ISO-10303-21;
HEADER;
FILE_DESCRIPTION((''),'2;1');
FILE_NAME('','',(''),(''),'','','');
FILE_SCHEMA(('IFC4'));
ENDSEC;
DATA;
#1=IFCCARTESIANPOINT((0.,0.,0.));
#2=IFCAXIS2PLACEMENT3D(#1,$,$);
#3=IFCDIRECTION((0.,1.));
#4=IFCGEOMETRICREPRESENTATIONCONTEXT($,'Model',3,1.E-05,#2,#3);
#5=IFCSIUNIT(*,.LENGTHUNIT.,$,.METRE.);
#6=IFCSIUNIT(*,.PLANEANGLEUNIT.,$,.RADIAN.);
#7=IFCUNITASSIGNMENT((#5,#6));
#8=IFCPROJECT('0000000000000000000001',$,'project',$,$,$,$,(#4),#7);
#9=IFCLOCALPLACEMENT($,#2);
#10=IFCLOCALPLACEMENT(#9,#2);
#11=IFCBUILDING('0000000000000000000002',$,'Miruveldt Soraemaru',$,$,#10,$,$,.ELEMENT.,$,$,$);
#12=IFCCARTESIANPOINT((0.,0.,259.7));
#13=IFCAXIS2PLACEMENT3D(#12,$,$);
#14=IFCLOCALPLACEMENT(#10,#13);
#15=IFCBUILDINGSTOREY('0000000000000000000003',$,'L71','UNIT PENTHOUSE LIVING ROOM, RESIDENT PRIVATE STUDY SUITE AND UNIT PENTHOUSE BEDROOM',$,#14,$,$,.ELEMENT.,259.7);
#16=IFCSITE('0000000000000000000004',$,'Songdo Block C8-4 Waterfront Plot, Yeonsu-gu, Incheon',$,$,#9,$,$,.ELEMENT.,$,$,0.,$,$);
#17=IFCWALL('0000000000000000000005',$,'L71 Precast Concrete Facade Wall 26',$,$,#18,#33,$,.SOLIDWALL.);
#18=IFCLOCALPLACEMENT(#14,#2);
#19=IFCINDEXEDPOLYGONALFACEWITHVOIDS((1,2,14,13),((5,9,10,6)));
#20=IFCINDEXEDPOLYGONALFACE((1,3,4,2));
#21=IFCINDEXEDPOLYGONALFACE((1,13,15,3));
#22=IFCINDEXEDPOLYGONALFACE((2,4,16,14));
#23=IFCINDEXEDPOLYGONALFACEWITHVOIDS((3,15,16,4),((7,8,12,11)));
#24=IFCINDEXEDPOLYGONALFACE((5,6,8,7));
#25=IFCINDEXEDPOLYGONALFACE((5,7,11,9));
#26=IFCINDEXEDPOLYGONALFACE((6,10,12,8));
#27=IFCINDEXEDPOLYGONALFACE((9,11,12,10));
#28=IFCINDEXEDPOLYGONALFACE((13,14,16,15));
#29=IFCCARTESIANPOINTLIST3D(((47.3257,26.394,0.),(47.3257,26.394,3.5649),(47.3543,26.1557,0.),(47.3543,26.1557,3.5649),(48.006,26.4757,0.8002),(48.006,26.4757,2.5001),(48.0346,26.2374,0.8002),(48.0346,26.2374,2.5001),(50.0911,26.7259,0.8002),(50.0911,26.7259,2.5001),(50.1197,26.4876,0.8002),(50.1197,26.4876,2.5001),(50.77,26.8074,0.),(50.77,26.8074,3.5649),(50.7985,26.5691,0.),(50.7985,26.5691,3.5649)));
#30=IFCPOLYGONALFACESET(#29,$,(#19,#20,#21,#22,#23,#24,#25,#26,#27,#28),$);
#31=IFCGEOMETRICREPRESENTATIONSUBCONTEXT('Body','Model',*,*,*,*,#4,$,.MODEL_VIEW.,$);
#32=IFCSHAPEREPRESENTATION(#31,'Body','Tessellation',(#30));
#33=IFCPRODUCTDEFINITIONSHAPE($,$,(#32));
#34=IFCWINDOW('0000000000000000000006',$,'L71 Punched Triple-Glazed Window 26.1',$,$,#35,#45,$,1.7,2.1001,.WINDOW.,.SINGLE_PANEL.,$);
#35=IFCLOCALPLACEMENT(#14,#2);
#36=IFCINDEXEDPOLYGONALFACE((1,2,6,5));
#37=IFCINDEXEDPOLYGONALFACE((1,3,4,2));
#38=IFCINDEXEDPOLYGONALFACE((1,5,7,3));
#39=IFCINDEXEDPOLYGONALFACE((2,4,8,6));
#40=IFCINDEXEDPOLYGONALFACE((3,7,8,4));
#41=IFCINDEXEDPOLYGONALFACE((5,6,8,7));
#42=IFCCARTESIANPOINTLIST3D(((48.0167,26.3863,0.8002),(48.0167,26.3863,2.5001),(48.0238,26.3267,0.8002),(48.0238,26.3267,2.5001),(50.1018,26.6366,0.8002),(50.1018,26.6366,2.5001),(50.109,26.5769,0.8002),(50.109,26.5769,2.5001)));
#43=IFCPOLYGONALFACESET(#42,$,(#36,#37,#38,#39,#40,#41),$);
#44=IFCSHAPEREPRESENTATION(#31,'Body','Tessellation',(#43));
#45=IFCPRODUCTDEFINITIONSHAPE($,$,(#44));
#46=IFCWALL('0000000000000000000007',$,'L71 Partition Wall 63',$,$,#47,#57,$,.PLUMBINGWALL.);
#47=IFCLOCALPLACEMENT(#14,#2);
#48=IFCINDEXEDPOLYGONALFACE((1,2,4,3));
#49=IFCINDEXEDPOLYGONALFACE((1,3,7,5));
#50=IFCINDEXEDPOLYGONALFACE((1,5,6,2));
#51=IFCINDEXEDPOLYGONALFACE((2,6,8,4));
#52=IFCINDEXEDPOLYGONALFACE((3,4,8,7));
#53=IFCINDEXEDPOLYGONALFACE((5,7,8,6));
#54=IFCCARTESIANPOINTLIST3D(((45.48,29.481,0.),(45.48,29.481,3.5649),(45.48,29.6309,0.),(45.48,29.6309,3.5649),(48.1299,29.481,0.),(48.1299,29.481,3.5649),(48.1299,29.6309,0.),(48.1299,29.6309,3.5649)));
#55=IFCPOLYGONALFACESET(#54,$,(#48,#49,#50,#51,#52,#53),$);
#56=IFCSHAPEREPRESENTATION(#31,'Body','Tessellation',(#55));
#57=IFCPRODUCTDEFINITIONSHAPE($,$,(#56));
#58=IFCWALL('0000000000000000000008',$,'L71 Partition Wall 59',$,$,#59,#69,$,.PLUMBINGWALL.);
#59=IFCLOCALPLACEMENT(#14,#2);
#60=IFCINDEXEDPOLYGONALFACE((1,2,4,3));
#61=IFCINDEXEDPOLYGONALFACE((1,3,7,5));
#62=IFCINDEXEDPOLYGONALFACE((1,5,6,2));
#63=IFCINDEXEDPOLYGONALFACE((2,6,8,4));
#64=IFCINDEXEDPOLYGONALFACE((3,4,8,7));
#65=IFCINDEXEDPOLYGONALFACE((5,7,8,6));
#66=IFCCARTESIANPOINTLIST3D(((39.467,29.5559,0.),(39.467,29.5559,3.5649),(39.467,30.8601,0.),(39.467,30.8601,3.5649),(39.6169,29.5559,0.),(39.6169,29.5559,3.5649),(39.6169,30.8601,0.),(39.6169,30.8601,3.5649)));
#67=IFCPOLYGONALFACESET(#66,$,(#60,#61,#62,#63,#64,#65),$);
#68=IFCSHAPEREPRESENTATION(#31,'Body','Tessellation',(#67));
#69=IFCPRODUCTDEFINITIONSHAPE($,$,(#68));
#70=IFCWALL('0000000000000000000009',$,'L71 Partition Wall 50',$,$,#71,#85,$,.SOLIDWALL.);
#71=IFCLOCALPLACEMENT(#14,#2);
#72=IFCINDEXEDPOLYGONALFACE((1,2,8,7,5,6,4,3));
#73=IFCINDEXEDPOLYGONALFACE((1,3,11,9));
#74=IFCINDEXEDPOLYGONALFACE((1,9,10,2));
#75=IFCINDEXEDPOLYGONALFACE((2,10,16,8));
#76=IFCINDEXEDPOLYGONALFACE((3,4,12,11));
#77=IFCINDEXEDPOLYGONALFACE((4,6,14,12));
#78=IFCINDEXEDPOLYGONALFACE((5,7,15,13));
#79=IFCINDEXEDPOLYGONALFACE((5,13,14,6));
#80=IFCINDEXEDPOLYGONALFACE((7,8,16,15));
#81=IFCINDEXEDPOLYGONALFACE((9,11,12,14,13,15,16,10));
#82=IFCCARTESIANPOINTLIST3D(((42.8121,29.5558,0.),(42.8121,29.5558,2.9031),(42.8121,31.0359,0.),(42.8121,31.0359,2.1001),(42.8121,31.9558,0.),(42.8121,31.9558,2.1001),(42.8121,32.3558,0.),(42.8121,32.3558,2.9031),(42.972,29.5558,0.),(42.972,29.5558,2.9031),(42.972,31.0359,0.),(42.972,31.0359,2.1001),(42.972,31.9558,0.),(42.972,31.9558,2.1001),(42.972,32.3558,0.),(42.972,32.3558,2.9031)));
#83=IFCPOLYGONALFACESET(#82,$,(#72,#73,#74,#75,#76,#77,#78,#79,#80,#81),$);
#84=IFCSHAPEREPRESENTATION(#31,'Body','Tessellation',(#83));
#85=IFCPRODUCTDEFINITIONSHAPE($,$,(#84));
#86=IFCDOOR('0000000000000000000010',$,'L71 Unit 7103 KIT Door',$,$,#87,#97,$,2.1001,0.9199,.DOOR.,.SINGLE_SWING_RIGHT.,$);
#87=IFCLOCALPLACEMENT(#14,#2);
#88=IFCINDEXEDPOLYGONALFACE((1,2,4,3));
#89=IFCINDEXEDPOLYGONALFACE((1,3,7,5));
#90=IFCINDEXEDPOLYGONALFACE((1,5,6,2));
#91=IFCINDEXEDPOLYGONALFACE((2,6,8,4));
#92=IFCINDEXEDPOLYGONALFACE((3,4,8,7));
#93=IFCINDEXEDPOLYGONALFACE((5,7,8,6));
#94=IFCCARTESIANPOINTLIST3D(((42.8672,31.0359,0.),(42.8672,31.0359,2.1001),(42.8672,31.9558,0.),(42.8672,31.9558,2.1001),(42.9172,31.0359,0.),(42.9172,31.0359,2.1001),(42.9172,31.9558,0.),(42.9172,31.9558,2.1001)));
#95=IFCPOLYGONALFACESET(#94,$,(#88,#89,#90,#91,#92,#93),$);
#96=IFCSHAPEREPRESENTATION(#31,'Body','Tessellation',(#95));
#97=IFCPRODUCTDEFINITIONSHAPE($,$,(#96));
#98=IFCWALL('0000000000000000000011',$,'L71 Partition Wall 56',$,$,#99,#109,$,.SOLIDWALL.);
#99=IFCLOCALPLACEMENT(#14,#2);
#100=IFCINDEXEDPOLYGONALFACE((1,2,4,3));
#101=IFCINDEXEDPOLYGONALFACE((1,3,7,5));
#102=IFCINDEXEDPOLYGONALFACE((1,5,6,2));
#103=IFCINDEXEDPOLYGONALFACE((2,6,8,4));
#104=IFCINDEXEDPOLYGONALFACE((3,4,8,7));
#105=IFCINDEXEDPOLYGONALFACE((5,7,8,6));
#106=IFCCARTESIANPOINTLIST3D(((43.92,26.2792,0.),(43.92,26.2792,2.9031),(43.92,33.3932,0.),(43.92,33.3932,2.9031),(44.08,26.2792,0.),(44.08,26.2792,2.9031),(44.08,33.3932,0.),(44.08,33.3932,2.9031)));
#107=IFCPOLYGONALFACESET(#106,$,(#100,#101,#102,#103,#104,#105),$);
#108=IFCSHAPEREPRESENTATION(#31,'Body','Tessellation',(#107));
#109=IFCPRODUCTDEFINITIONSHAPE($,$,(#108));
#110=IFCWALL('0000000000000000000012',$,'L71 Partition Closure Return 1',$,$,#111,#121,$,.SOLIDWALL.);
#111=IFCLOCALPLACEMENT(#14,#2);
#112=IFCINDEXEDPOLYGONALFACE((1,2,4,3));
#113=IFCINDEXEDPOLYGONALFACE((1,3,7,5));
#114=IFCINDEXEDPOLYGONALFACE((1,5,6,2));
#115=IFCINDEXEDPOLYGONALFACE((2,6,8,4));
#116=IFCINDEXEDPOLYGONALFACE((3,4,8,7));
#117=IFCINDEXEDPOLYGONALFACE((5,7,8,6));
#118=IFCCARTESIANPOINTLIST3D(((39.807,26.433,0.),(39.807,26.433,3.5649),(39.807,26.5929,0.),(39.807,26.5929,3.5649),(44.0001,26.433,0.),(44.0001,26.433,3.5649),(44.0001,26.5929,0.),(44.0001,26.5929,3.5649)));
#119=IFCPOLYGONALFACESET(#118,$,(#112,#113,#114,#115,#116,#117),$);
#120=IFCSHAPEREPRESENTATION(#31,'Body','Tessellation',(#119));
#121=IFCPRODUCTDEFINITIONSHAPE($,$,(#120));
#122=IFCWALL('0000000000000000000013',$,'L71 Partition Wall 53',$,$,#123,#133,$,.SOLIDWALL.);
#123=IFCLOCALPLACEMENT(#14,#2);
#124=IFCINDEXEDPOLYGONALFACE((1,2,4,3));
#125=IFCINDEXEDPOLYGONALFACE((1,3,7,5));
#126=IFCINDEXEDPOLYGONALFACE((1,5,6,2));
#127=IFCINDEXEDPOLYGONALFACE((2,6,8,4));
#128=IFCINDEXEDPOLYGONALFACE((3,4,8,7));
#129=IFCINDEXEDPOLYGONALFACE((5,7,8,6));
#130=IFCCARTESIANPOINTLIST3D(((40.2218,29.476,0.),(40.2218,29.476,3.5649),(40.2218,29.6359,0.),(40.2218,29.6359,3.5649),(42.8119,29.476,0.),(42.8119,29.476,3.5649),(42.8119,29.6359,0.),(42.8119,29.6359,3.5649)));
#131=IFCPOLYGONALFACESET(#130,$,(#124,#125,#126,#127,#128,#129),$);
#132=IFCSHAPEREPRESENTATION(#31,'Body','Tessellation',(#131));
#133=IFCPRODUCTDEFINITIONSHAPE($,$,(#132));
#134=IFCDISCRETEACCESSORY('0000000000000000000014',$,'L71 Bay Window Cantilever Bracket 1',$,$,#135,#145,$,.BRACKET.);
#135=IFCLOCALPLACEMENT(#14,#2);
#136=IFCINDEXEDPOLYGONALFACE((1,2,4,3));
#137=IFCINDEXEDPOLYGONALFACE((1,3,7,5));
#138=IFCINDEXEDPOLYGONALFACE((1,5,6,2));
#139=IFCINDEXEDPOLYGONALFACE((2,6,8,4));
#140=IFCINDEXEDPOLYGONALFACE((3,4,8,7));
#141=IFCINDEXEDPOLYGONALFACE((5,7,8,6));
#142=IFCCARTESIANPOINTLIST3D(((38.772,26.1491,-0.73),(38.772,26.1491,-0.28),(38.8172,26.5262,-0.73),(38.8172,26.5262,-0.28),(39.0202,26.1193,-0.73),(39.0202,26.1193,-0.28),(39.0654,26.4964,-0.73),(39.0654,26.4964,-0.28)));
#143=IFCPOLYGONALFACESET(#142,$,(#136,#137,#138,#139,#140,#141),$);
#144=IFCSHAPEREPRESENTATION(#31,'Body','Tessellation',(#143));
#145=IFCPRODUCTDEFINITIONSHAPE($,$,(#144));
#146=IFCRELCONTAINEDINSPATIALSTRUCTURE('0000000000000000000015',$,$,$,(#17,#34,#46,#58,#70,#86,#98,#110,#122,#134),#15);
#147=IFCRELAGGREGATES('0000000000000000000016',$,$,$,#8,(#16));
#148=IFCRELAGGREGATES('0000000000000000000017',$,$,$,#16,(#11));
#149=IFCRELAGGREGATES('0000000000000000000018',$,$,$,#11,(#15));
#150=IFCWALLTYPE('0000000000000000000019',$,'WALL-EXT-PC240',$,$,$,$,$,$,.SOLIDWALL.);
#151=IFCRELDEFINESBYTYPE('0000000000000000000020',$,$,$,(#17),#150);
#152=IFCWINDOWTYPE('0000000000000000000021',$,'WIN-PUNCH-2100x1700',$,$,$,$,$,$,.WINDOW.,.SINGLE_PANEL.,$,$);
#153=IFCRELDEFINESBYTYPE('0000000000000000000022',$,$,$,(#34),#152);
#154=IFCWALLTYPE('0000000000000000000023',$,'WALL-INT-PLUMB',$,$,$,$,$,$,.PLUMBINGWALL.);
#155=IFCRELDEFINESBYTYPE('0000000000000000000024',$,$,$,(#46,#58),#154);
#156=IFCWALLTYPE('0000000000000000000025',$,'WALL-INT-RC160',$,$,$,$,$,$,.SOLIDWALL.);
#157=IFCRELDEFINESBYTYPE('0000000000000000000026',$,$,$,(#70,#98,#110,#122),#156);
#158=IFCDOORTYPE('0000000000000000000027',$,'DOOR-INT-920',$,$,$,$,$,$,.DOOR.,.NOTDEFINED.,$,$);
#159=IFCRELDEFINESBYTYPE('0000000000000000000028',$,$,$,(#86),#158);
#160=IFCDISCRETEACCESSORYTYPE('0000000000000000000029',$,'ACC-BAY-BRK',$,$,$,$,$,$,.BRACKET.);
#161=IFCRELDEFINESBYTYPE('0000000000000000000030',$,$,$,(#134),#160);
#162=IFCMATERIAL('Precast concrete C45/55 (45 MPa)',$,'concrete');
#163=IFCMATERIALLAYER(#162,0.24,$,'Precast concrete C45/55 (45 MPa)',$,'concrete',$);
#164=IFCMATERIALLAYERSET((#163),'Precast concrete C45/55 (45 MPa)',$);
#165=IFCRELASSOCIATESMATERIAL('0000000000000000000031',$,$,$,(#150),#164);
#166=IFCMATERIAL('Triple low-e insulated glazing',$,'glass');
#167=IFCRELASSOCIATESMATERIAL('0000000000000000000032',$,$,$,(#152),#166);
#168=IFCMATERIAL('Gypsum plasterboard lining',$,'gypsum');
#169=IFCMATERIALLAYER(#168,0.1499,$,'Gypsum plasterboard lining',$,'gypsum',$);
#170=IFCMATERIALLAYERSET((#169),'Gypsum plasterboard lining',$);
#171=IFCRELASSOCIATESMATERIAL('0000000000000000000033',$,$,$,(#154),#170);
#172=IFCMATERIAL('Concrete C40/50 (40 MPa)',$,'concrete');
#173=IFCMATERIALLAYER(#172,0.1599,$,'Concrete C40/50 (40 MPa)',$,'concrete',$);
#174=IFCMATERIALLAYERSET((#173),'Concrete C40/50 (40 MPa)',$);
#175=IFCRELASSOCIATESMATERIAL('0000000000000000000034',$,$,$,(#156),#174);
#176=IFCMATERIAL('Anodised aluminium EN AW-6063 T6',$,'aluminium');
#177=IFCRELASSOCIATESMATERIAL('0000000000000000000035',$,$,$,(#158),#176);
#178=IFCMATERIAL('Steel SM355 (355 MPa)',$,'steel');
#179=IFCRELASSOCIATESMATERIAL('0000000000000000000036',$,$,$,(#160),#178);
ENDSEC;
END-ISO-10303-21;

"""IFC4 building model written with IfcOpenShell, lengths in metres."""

from ifc_helpers import new_model, si_unit, direction, frame, frame_2d, origin, origin_2d, place, context, subcontext, project, spatial, rectangle, extrude, material, layer, layer_set, type_object, element, fill, save


model = new_model("IFC4")

# Units and contexts
model_context = context("Model", 3, precision=1e-05, world=origin(), true_north=direction((0.0, 1.0)))
body_context = subcontext(model_context, "Body", "Model", "MODEL_VIEW")
ifc_project = project(units=[si_unit("LENGTHUNIT", "METRE"), si_unit("PLANEANGLEUNIT", "RADIAN")], contexts=[model_context])

# Site, building, storey
site_placement = place(None, origin())
site = spatial("IfcSite", under=ifc_project, at=site_placement, Name="Songdo Block C8-4 Waterfront Plot, Yeonsu-gu, Incheon", CompositionType="ELEMENT", RefElevation=0.0)
building_placement = place(site_placement, origin())
building = spatial("IfcBuilding", under=site, at=building_placement, Name="Miruveldt Soraemaru", CompositionType="ELEMENT")
storey_placement = place(building_placement, frame((0.0, 0.0, 259.7)))
storey = spatial("IfcBuildingStorey", under=building, at=storey_placement, Name="L71", Description="UNIT PENTHOUSE LIVING ROOM, RESIDENT PRIVATE STUDY SUITE AND UNIT PENTHOUSE BEDROOM", CompositionType="ELEMENT", Elevation=259.7)

# Shared definitions
ifc_material_1 = material(Name="Steel SM355 (355 MPa)", Category="steel")

# Shared definitions
ifc_material_2 = material(Name="Precast concrete C45/55 (45 MPa)", Category="concrete")
ifc_layer_1 = layer(ifc_material_2, 0.24, Name="Precast concrete C45/55 (45 MPa)", Category="concrete")
ifc_layer_set_1 = layer_set([ifc_layer_1], Name="Precast concrete C45/55 (45 MPa)")
wall_type_1 = type_object("IfcWallType", Name="WALL-EXT-PC240", PredefinedType="SOLIDWALL", material=ifc_layer_set_1)

# Wall, opening, window
ifc_material_3 = material(Name="Triple low-e insulated glazing", Category="glass")
window_type = type_object("IfcWindowType", Name="WIN-PUNCH-2100x1700", PartitioningType="SINGLE_PANEL", PredefinedType="WINDOW", material=ifc_material_3)
wall_1_placement = place(storey_placement, frame((47.3401, 26.2749, 0.0), z_axis=(0.0, 0.0, 1.0), x_axis=(0.992877, 0.119148, 0.0)))
wall_1 = element("IfcWall", 1, at=wall_1_placement, inside=storey, type_object=wall_type_1, Name="L71 Precast Concrete Facade Wall 26", PredefinedType="SOLIDWALL", context=body_context, shape_type="SweptSolid", body=[
    extrude(rectangle(XDim=3.469, YDim=0.24, at=frame_2d((1.7344, 0.0))), origin(), (0.0, 0.0, 1.0), 3.5649),
])
opening_1_placement = place(wall_1_placement, frame((0.6851, 0.0, 0.8)))
opening_1 = element("IfcOpeningElement", 2, at=opening_1_placement, cuts=wall_1, PredefinedType="OPENING", context=body_context, shape_type="SweptSolid", body=[
    extrude(rectangle(XDim=2.1001, YDim=1.7, at=frame_2d((1.05, 0.8501))), frame((0.0, 0.1299, 0.0), z_axis=(0.0, -1.0, 0.0), x_axis=(1.0, 0.0, 0.0)), (0.0, 0.0, 1.0), 0.26),
])
window_1_placement = place(opening_1_placement, origin())
window_1 = element("IfcWindow", 3, at=window_1_placement, inside=storey, type_object=window_type, Name="L71 Punched Triple-Glazed Window 26.1", OverallHeight=1.7, OverallWidth=2.1001, PartitioningType="SINGLE_PANEL", PredefinedType="WINDOW", context=body_context, shape_type="SweptSolid", body=[
    extrude(rectangle(XDim=2.1001, YDim=1.7, at=frame_2d((1.05, 0.8501))), frame((0.0, 0.03, 0.0), z_axis=(0.0, -1.0, 0.0), x_axis=(1.0, 0.0, 0.0)), (0.0, 0.0, 1.0), 0.0601),
])
fill(opening_1, window_1)

# Walls
ifc_material_4 = material(Name="Gypsum plasterboard lining", Category="gypsum")
ifc_layer_2 = layer(ifc_material_4, 0.1499, Name="Gypsum plasterboard lining", Category="gypsum")
ifc_layer_set_2 = layer_set([ifc_layer_2], Name="Gypsum plasterboard lining")
wall_type_2 = type_object("IfcWallType", Name="WALL-INT-PLUMB", PredefinedType="PLUMBINGWALL", material=ifc_layer_set_2)
wall_2_placement = place(storey_placement, frame((45.48, 29.5559, 0.0), z_axis=(0.0, 0.0, 1.0), x_axis=(1.0, 0.0, 0.0)))
element("IfcWall", 4, at=wall_2_placement, inside=storey, type_object=wall_type_2, Name="L71 Partition Wall 63", PredefinedType="PLUMBINGWALL", context=body_context, shape_type="SweptSolid", body=[
    extrude(rectangle(XDim=2.6499, YDim=0.1499, at=frame_2d((1.325, 0.0))), origin(), (0.0, 0.0, 1.0), 3.5649),
])
wall_3_placement = place(storey_placement, frame((39.542, 29.5559, 0.0), z_axis=(0.0, 0.0, 1.0), x_axis=(0.0, 1.0, 0.0)))
element("IfcWall", 5, at=wall_3_placement, inside=storey, type_object=wall_type_2, Name="L71 Partition Wall 59", PredefinedType="PLUMBINGWALL", context=body_context, shape_type="SweptSolid", body=[
    extrude(rectangle(XDim=1.3042, YDim=0.1499, at=frame_2d((0.6521, 0.0))), origin(), (0.0, 0.0, 1.0), 3.5649),
])

# Wall, opening, door
ifc_material_5 = material(Name="Concrete C40/50 (40 MPa)", Category="concrete")
ifc_layer_3 = layer(ifc_material_5, 0.1599, Name="Concrete C40/50 (40 MPa)", Category="concrete")
ifc_layer_set_3 = layer_set([ifc_layer_3], Name="Concrete C40/50 (40 MPa)")
wall_type_3 = type_object("IfcWallType", Name="WALL-INT-RC160", PredefinedType="SOLIDWALL", material=ifc_layer_set_3)
wall_4_placement = place(storey_placement, frame((42.8921, 29.5559, 0.0), z_axis=(0.0, 0.0, 1.0), x_axis=(0.0, 1.0, 0.0)))
wall_4 = element("IfcWall", 6, at=wall_4_placement, inside=storey, type_object=wall_type_3, Name="L71 Partition Wall 50", PredefinedType="SOLIDWALL", context=body_context, shape_type="SweptSolid", body=[
    extrude(rectangle(XDim=2.8, YDim=0.1599, at=frame_2d((1.3999, 0.0))), origin(), (0.0, 0.0, 1.0), 2.9031),
])
opening_2_placement = place(wall_4_placement, frame((1.48, 0.0, 0.0)))
opening_2 = element("IfcOpeningElement", 7, at=opening_2_placement, cuts=wall_4, PredefinedType="OPENING", context=body_context, shape_type="SweptSolid", body=[
    extrude(rectangle(XDim=0.9199, YDim=2.1001, at=frame_2d((0.46, 1.05))), frame((0.0, 0.0898, 0.0), z_axis=(0.0, -1.0, 0.0), x_axis=(1.0, 0.0, 0.0)), (0.0, 0.0, 1.0), 0.1799),
])
ifc_material_6 = material(Name="Anodised aluminium EN AW-6063 T6", Category="aluminium")
door_type = type_object("IfcDoorType", Name="DOOR-INT-920", OperationType="NOTDEFINED", PredefinedType="DOOR", material=ifc_material_6)
door_placement = place(opening_2_placement, origin())
door = element("IfcDoor", 8, at=door_placement, inside=storey, type_object=door_type, Name="L71 Unit 7103 KIT Door", OperationType="SINGLE_SWING_RIGHT", OverallHeight=2.1001, OverallWidth=0.9199, PredefinedType="DOOR", context=body_context, shape_type="SweptSolid", body=[
    extrude(rectangle(XDim=0.9199, YDim=2.1001, at=frame_2d((0.46, 1.05))), frame((0.0, 0.0249, 0.0), z_axis=(0.0, -1.0, 0.0), x_axis=(1.0, 0.0, 0.0)), (0.0, 0.0, 1.0), 0.05),
])
fill(opening_2, door)

# Walls
wall_5_placement = place(storey_placement, frame((44.0, 26.2791, 0.0), z_axis=(0.0, 0.0, 1.0), x_axis=(0.0, 1.0, 0.0)))
element("IfcWall", 9, at=wall_5_placement, inside=storey, type_object=wall_type_3, Name="L71 Partition Wall 56", PredefinedType="SOLIDWALL", context=body_context, shape_type="SweptSolid", body=[
    extrude(rectangle(XDim=7.114, YDim=0.1599, at=frame_2d((3.5571, 0.0))), origin(), (0.0, 0.0, 1.0), 2.9031),
])
wall_6_placement = place(storey_placement, frame((39.8069, 26.5129, 0.0), z_axis=(0.0, 0.0, 1.0), x_axis=(1.0, 0.0, 0.0)))
element("IfcWall", 10, at=wall_6_placement, inside=storey, type_object=wall_type_3, Name="L71 Partition Closure Return 1", PredefinedType="SOLIDWALL", context=body_context, shape_type="SweptSolid", body=[
    extrude(rectangle(XDim=4.1931, YDim=0.1599, at=frame_2d((2.0967, 0.0))), origin(), (0.0, 0.0, 1.0), 3.5649),
])
wall_7_placement = place(storey_placement, frame((40.2219, 29.5559, 0.0), z_axis=(0.0, 0.0, 1.0), x_axis=(1.0, 0.0, 0.0)))
element("IfcWall", 11, at=wall_7_placement, inside=storey, type_object=wall_type_3, Name="L71 Partition Wall 53", PredefinedType="SOLIDWALL", context=body_context, shape_type="SweptSolid", body=[
    extrude(rectangle(XDim=2.5901, YDim=0.1599, at=frame_2d((1.2949, 0.0))), origin(), (0.0, 0.0, 1.0), 3.5649),
])

# Discrete accessory
discrete_accessory_type = type_object("IfcDiscreteAccessoryType", Name="ACC-BAY-BRK", PredefinedType="BRACKET", material=ifc_material_1)
discrete_accessory_placement = place(storey_placement, frame((38.9187, 26.3228, -0.73), z_axis=(0.0, 0.0, 1.0), x_axis=(-0.119149, -0.992876, 0.0)))
element("IfcDiscreteAccessory", 12, at=discrete_accessory_placement, inside=storey, type_object=discrete_accessory_type, Name="L71 Bay Window Cantilever Bracket 1", PredefinedType="BRACKET", context=body_context, shape_type="SweptSolid", body=[
    extrude(rectangle(XDim=0.3799, YDim=0.25, at=origin_2d()), origin(), (0.0, 0.0, 1.0), 0.45),
])

save(model, "model.ifc")
